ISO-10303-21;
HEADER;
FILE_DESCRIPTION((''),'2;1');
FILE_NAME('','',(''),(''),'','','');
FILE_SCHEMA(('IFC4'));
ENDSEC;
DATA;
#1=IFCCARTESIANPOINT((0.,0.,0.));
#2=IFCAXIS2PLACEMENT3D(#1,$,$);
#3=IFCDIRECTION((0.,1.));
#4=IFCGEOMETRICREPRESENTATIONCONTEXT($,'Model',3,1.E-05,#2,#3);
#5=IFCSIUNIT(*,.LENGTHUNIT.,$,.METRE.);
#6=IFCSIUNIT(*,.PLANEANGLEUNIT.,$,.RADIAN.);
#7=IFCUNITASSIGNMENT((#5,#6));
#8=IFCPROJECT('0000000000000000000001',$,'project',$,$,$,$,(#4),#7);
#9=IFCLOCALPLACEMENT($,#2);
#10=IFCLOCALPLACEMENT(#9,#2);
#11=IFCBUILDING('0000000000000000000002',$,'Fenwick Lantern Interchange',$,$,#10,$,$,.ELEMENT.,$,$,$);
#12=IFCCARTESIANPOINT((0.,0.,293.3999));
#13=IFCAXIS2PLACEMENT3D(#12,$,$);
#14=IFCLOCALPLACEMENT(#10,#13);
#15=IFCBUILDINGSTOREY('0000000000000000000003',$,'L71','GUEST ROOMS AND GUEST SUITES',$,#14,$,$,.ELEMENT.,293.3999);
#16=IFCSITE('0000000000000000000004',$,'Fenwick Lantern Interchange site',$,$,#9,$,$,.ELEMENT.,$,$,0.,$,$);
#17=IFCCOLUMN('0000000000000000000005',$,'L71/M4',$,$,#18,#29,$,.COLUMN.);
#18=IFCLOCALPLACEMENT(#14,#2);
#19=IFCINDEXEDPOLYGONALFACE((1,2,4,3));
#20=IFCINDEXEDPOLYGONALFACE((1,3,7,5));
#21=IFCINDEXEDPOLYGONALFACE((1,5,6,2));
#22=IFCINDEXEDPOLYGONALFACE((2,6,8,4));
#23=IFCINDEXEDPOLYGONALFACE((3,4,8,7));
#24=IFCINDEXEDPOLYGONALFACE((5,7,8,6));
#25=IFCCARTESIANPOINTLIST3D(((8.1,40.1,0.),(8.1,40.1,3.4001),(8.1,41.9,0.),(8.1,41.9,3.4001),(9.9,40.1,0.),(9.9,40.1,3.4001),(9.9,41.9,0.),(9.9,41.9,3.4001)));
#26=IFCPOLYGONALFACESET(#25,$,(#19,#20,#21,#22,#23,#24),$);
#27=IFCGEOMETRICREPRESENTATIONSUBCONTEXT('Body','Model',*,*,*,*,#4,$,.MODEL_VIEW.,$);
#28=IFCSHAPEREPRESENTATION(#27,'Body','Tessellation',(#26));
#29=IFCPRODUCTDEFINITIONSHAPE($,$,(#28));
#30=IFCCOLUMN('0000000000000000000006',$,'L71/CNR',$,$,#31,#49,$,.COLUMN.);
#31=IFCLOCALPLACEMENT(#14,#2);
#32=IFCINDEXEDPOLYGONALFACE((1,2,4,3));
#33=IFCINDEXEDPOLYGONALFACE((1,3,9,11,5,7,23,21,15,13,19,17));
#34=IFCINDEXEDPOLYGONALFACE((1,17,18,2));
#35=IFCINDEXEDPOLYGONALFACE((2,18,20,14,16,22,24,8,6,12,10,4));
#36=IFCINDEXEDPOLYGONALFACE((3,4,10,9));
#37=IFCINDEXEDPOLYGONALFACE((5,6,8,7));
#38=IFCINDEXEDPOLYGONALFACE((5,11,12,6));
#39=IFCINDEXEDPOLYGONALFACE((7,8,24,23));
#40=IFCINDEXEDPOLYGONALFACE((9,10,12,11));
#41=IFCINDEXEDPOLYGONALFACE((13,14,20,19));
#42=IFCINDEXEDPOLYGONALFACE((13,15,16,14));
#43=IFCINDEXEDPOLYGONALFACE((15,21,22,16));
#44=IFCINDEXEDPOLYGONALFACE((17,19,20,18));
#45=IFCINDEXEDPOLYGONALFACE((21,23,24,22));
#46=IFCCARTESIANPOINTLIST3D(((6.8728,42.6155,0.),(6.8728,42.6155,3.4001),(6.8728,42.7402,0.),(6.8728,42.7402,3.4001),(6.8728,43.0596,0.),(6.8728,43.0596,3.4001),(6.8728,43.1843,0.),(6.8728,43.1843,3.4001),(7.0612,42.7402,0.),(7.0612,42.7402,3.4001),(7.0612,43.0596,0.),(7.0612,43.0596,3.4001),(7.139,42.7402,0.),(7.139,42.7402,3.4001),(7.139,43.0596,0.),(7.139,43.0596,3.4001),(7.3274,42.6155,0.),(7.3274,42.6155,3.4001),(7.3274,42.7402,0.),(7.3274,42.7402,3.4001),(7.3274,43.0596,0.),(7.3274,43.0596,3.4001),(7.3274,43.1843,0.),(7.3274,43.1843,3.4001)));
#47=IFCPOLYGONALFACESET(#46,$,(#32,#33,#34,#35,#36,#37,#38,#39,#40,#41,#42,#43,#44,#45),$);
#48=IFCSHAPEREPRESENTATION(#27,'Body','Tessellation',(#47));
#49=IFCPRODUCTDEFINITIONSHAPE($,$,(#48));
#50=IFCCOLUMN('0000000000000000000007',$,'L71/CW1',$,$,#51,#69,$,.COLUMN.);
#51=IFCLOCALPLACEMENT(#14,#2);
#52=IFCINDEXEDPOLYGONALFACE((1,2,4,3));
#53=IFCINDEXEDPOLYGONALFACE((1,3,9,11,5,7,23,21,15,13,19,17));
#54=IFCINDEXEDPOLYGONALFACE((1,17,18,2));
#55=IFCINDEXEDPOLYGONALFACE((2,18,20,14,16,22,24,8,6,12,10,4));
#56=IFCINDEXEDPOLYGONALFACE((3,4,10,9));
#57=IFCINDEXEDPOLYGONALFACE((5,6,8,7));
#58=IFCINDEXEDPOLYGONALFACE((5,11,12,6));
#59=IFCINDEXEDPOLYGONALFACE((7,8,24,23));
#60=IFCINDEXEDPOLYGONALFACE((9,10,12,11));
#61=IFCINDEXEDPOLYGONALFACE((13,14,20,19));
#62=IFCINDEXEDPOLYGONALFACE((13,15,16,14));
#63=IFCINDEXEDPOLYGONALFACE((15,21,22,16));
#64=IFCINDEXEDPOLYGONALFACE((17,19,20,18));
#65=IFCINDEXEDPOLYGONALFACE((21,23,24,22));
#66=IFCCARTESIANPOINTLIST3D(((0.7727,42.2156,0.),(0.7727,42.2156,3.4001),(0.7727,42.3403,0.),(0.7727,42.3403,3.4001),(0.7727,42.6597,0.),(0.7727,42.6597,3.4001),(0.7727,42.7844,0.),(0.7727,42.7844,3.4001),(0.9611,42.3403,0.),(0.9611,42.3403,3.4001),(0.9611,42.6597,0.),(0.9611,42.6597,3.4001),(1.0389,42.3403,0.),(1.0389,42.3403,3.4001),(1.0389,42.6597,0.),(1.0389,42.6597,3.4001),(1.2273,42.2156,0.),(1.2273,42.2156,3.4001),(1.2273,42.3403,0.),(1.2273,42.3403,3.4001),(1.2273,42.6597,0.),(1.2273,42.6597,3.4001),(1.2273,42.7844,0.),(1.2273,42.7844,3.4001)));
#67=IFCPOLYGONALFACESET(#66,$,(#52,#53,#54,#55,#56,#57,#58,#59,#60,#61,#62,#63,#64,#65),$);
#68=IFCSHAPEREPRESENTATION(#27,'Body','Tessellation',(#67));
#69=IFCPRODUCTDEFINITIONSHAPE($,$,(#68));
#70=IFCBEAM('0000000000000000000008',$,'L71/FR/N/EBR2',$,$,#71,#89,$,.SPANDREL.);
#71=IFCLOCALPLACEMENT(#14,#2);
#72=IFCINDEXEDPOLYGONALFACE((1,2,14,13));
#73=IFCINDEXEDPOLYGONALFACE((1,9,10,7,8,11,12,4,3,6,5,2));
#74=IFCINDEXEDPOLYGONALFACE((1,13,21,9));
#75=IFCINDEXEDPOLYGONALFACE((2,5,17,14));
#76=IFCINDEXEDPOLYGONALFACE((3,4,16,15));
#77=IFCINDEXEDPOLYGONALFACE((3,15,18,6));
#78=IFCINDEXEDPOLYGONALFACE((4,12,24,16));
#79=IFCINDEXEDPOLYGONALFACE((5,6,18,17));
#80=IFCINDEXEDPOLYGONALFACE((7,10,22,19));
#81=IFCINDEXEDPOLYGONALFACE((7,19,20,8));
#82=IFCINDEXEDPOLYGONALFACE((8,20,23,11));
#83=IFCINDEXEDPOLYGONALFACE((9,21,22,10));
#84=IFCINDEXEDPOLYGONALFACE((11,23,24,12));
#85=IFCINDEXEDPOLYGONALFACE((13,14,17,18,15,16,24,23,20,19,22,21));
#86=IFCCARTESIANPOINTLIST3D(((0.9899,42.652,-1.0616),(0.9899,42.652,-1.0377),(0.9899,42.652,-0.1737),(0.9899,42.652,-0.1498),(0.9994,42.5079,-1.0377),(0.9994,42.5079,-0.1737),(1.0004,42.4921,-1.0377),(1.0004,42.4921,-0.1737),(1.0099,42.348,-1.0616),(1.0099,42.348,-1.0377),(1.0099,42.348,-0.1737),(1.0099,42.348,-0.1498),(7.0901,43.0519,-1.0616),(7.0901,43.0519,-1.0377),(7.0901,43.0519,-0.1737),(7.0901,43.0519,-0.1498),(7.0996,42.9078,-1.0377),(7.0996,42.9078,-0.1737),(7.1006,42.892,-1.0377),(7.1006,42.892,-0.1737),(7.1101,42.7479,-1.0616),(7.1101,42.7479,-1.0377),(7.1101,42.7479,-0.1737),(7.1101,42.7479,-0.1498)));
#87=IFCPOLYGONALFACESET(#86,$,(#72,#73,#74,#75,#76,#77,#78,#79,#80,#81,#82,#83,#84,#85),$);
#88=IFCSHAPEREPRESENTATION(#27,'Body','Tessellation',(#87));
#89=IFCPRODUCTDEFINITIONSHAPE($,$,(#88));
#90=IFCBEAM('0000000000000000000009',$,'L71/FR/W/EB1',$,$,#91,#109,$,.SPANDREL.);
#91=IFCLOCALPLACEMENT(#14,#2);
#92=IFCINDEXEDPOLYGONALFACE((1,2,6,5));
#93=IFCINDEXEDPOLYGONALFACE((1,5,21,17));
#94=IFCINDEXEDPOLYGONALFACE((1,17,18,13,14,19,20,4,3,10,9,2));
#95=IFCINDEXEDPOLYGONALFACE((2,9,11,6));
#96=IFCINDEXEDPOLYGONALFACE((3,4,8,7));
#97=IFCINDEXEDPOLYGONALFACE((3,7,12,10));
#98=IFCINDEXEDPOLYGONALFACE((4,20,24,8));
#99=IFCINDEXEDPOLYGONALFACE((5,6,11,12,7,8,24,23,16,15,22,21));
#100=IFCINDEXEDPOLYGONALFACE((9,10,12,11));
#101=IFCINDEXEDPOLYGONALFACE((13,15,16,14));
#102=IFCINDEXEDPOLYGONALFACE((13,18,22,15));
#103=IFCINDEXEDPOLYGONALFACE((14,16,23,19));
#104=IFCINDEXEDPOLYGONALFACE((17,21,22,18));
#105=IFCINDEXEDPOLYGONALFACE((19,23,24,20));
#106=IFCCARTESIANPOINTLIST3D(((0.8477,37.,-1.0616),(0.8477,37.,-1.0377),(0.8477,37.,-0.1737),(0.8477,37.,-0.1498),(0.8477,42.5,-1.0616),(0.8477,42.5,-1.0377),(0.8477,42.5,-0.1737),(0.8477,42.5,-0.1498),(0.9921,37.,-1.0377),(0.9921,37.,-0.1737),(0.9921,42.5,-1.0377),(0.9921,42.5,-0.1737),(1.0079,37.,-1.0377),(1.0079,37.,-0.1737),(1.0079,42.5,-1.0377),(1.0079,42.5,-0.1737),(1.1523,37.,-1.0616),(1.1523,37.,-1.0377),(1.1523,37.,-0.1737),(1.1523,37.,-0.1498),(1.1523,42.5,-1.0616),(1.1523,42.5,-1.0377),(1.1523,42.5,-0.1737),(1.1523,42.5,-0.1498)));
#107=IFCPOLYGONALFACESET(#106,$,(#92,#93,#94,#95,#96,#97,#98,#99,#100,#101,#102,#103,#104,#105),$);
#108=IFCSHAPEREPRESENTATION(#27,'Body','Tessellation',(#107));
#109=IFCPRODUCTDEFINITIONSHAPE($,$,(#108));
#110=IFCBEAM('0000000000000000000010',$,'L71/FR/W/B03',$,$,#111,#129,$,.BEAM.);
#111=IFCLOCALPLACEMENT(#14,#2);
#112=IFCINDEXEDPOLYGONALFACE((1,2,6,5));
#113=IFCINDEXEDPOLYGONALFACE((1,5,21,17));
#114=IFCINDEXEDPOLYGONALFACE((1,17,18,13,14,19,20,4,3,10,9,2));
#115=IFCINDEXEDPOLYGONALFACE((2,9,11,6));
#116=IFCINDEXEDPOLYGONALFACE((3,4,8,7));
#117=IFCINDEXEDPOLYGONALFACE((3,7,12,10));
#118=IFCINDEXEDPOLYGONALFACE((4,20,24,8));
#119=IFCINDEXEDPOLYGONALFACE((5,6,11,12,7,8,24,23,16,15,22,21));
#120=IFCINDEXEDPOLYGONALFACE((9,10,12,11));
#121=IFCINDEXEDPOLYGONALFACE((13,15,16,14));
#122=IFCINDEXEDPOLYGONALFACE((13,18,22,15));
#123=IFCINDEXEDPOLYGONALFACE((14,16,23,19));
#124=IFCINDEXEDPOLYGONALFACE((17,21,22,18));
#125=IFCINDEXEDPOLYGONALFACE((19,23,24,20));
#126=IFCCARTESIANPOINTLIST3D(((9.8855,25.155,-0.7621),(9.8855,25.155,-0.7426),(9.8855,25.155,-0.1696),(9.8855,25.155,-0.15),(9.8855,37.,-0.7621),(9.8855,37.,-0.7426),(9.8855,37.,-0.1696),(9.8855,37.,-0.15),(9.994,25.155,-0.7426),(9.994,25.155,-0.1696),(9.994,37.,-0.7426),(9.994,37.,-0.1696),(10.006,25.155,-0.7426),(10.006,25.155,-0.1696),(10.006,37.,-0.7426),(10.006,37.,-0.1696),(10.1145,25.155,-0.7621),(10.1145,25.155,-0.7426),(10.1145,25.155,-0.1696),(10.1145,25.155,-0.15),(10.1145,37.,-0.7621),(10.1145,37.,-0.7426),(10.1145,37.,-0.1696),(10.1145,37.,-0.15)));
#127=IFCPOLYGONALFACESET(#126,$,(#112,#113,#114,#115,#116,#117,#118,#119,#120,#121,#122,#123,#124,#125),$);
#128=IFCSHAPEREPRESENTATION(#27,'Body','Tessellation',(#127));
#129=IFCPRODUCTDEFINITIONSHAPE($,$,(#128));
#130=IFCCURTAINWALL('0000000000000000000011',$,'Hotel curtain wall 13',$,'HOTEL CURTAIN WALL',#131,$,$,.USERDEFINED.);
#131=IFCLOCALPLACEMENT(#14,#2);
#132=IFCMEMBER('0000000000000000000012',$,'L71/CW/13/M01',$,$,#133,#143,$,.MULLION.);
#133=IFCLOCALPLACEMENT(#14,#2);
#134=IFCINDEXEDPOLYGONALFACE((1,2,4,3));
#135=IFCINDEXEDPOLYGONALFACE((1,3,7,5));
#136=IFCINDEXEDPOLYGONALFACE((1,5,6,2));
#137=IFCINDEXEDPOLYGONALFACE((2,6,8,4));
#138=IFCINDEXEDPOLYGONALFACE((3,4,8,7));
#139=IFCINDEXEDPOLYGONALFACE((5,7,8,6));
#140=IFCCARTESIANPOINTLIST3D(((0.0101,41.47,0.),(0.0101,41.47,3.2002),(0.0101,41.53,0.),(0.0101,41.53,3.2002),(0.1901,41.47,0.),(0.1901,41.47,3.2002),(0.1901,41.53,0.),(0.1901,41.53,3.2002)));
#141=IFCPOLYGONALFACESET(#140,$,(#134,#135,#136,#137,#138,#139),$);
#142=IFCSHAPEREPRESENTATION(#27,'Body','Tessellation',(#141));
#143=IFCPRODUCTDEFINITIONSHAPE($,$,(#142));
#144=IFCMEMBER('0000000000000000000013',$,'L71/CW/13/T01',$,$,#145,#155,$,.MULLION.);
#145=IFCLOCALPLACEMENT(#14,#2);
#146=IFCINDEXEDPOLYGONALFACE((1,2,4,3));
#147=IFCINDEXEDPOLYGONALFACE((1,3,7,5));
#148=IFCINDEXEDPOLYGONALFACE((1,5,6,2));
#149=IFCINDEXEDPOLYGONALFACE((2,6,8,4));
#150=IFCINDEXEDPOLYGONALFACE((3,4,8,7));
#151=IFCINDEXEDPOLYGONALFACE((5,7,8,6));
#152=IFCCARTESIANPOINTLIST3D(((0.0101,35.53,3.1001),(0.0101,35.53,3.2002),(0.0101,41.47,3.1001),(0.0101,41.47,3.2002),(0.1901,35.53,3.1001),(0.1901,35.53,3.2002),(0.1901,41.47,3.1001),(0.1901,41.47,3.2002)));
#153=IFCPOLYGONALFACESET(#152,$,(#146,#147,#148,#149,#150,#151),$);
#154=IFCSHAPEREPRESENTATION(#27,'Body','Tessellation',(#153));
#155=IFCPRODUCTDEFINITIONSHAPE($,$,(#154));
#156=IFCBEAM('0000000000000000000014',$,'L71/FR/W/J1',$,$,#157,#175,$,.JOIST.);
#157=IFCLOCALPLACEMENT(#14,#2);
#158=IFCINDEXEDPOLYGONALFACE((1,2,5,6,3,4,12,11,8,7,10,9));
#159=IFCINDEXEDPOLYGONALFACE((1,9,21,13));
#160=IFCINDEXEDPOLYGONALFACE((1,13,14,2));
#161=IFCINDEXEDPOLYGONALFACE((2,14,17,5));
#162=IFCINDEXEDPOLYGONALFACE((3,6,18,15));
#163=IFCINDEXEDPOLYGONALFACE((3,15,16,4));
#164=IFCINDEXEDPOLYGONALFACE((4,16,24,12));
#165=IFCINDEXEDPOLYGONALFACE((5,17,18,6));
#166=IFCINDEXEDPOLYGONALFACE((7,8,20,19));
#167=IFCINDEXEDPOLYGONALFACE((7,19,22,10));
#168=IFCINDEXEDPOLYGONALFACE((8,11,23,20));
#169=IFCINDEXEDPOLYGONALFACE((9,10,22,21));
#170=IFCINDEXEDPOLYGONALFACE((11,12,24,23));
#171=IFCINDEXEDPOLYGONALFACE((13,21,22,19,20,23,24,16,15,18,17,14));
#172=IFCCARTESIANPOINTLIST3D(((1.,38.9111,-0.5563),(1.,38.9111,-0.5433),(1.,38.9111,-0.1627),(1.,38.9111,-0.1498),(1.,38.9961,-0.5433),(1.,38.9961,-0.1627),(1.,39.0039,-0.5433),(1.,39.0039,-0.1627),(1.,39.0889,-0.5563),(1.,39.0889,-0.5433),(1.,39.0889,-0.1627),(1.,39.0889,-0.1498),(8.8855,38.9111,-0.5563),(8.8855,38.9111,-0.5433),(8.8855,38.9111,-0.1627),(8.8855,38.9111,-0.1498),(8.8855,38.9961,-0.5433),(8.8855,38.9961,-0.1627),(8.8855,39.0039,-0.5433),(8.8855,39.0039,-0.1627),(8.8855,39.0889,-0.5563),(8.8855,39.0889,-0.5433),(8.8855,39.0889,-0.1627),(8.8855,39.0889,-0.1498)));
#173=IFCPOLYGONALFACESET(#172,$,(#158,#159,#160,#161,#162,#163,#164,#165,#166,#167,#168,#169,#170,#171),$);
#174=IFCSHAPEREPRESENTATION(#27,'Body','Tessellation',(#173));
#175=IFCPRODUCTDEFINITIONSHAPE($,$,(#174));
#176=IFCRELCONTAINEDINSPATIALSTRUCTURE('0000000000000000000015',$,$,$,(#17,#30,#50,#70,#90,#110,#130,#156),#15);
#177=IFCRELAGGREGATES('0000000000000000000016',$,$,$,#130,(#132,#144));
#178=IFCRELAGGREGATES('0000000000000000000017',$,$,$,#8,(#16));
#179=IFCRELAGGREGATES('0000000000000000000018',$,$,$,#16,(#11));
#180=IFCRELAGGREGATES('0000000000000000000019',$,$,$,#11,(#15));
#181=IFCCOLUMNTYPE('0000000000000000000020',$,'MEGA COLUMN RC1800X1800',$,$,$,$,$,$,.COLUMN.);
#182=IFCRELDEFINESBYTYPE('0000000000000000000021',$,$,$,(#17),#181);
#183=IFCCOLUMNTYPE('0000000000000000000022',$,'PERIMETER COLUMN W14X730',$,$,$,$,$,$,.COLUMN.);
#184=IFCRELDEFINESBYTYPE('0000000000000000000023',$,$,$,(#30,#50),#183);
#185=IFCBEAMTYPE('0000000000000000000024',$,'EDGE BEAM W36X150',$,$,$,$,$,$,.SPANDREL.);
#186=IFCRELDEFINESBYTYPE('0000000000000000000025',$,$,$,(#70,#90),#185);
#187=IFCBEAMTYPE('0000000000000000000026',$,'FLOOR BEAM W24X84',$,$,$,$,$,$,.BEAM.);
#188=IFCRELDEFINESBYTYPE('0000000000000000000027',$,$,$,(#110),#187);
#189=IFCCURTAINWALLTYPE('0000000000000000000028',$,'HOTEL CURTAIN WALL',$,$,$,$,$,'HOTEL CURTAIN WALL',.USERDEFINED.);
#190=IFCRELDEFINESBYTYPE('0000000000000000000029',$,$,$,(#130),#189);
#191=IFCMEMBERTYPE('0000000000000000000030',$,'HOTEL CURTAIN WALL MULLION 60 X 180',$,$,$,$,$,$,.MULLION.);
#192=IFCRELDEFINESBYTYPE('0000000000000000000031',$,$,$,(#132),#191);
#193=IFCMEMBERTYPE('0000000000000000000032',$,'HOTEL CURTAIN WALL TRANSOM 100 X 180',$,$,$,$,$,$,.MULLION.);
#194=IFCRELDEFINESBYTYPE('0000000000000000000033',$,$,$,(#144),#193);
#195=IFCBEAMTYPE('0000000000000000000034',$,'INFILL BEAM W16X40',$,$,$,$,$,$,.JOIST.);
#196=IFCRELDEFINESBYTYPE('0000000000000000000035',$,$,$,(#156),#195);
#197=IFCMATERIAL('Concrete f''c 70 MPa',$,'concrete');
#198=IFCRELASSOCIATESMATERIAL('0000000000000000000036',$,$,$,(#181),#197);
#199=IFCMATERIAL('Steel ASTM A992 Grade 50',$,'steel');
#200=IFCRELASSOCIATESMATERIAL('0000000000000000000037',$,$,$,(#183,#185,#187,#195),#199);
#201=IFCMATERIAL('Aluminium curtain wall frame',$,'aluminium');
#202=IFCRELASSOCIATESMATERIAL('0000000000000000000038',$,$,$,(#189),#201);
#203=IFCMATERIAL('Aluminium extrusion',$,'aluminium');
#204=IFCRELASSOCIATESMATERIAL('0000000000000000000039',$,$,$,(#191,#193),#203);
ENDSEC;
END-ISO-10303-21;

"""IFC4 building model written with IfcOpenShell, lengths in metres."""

from ifc_helpers import new_model, si_unit, direction, frame, origin, origin_2d, place, context, subcontext, project, spatial, rectangle, i_section, extrude, material, material_profile, profile_set, type_object, element, aggregate, save


model = new_model("IFC4")

# Units and contexts
model_context = context("Model", 3, precision=1e-05, world=origin(), true_north=direction((0.0, 1.0)))
body_context = subcontext(model_context, "Body", "Model", "MODEL_VIEW")
ifc_project = project(units=[si_unit("LENGTHUNIT", "METRE"), si_unit("PLANEANGLEUNIT", "RADIAN")], contexts=[model_context])

# Site, building, storey
site_placement = place(None, origin())
site = spatial("IfcSite", under=ifc_project, at=site_placement, Name="Fenwick Lantern Interchange site", CompositionType="ELEMENT", RefElevation=0.0)
building_placement = place(site_placement, origin())
building = spatial("IfcBuilding", under=site, at=building_placement, Name="Fenwick Lantern Interchange", CompositionType="ELEMENT")
storey_placement = place(building_placement, frame((0.0, 0.0, 293.3999)))
storey = spatial("IfcBuildingStorey", under=building, at=storey_placement, Name="L71", Description="GUEST ROOMS AND GUEST SUITES", CompositionType="ELEMENT", Elevation=293.3999)

# Columns
ifc_material_1 = material(Name="Concrete f'c 70 MPa", Category="concrete")
ifc_material_profile_1 = material_profile(ifc_material_1, rectangle(XDim=1.8, YDim=1.8, at=origin_2d()), Name="RC1800X1800")
ifc_profile_set_1 = profile_set([ifc_material_profile_1], Name="Concrete f'c 70 MPa")
column_type_1 = type_object("IfcColumnType", Name="MEGA COLUMN RC1800X1800", PredefinedType="COLUMN", material=ifc_profile_set_1)
column_placement = place(storey_placement, frame((9.0, 41.0, 0.0), z_axis=(0.0, 0.0, 1.0), x_axis=(1.0, 0.0, 0.0)))
element("IfcColumn", 1, at=column_placement, inside=storey, type_object=column_type_1, Name="L71/M4", PredefinedType="COLUMN", context=body_context, shape_type="SweptSolid", body=[
    extrude(rectangle(XDim=1.8, YDim=1.8, at=origin_2d()), origin(), (0.0, 0.0, 1.0), 3.4001),
])
ifc_material_2 = material(Name="Steel ASTM A992 Grade 50", Category="steel")
ifc_material_profile_2 = material_profile(ifc_material_2, i_section(OverallWidth=0.4546, OverallDepth=0.5688, WebThickness=0.0779, FlangeThickness=0.1248, at=origin_2d()), Name="W14X730")
ifc_profile_set_2 = profile_set([ifc_material_profile_2], Name="Steel ASTM A992 Grade 50")
column_type_2 = type_object("IfcColumnType", Name="PERIMETER COLUMN W14X730", PredefinedType="COLUMN", material=ifc_profile_set_2)
for number, where, z_axis, x_axis, name in (
    (2, (7.1001, 42.8999, 0.0), (0.0, 0.0, 1.0), (1.0, 0.0, 0.0), "L71/CNR"),
    (3, (1.0, 42.5, 0.0), (0.0, 0.0, 1.0), (1.0, 0.0, 0.0), "L71/CW1"),
):
    element("IfcColumn", number, at=place(storey_placement, frame(where, z_axis=z_axis, x_axis=x_axis)), inside=storey, type_object=column_type_2, Name=name, PredefinedType="COLUMN", context=body_context, shape_type="SweptSolid", body=[
        extrude(i_section(OverallWidth=0.4546, OverallDepth=0.5688, WebThickness=0.0779, FlangeThickness=0.1248, at=origin_2d()), origin(), (0.0, 0.0, 1.0), 3.4001),
    ])

# Beams
ifc_material_profile_3 = material_profile(ifc_material_2, i_section(OverallWidth=0.3047, OverallDepth=0.9119, WebThickness=0.0159, FlangeThickness=0.0239, at=origin_2d()), Name="W36X150")
ifc_profile_set_3 = profile_set([ifc_material_profile_3], Name="Steel ASTM A992 Grade 50")
beam_type_1 = type_object("IfcBeamType", Name="EDGE BEAM W36X150", PredefinedType="SPANDREL", material=ifc_profile_set_3)
beam_1_placement = place(storey_placement, frame((7.1001, 42.8999, -0.6057), z_axis=(-0.997858, -0.065416, 0.0), x_axis=(0.065416, -0.997858, 0.0)))
element("IfcBeam", 4, at=beam_1_placement, inside=storey, type_object=beam_type_1, Name="L71/FR/N/EBR2", PredefinedType="SPANDREL", context=body_context, shape_type="SweptSolid", body=[
    extrude(i_section(OverallWidth=0.3047, OverallDepth=0.9119, WebThickness=0.0159, FlangeThickness=0.0239, at=origin_2d()), origin(), (0.0, 0.0, 1.0), 6.1133),
])
beam_2_placement = place(storey_placement, frame((1.0, 42.5, -0.6057), z_axis=(0.0, -1.0, 0.0), x_axis=(1.0, 0.0, 0.0)))
element("IfcBeam", 5, at=beam_2_placement, inside=storey, type_object=beam_type_1, Name="L71/FR/W/EB1", PredefinedType="SPANDREL", context=body_context, shape_type="SweptSolid", body=[
    extrude(i_section(OverallWidth=0.3047, OverallDepth=0.9119, WebThickness=0.0159, FlangeThickness=0.0239, at=origin_2d()), origin(), (0.0, 0.0, 1.0), 5.5),
])
ifc_material_profile_4 = material_profile(ifc_material_2, i_section(OverallWidth=0.229, OverallDepth=0.6121, WebThickness=0.012, FlangeThickness=0.0195, at=origin_2d()), Name="W24X84")
ifc_profile_set_4 = profile_set([ifc_material_profile_4], Name="Steel ASTM A992 Grade 50")
beam_type_2 = type_object("IfcBeamType", Name="FLOOR BEAM W24X84", PredefinedType="BEAM", material=ifc_profile_set_4)
beam_3_placement = place(storey_placement, frame((10.0, 37.0, -0.4561), z_axis=(0.0, -1.0, 0.0), x_axis=(1.0, 0.0, 0.0)))
element("IfcBeam", 6, at=beam_3_placement, inside=storey, type_object=beam_type_2, Name="L71/FR/W/B03", PredefinedType="BEAM", context=body_context, shape_type="SweptSolid", body=[
    extrude(i_section(OverallWidth=0.229, OverallDepth=0.6121, WebThickness=0.012, FlangeThickness=0.0195, at=origin_2d()), origin(), (0.0, 0.0, 1.0), 11.845),
])

# Curtain wall, members
ifc_material_3 = material(Name="Aluminium curtain wall frame", Category="aluminium")
curtain_wall_type = type_object("IfcCurtainWallType", Name="HOTEL CURTAIN WALL", ElementType="HOTEL CURTAIN WALL", PredefinedType="USERDEFINED", material=ifc_material_3)
curtain_wall_placement = place(storey_placement, origin())
curtain_wall = element("IfcCurtainWall", 7, at=curtain_wall_placement, inside=storey, type_object=curtain_wall_type, Name="Hotel curtain wall 13", ObjectType="HOTEL CURTAIN WALL", PredefinedType="USERDEFINED")
ifc_material_4 = material(Name="Aluminium extrusion", Category="aluminium")
ifc_material_profile_5 = material_profile(ifc_material_4, rectangle(XDim=0.1799, YDim=0.0601, at=origin_2d()), Name="HOTEL CURTAIN WALL MULLION 60 X 180")
ifc_profile_set_5 = profile_set([ifc_material_profile_5], Name="Aluminium extrusion")
member_type_1 = type_object("IfcMemberType", Name="HOTEL CURTAIN WALL MULLION 60 X 180", PredefinedType="MULLION", material=ifc_profile_set_5)
member_1_placement = place(storey_placement, frame((0.1001, 41.5, 0.0), z_axis=(0.0, 0.0, 1.0), x_axis=(1.0, 0.0, 0.0)))
member_1 = element("IfcMember", 8, at=member_1_placement, type_object=member_type_1, Name="L71/CW/13/M01", PredefinedType="MULLION", context=body_context, shape_type="SweptSolid", body=[
    extrude(rectangle(XDim=0.1799, YDim=0.0601, at=origin_2d()), origin(), (0.0, 0.0, 1.0), 3.2002),
])
ifc_material_profile_6 = material_profile(ifc_material_4, rectangle(XDim=0.1799, YDim=0.1001, at=origin_2d()), Name="HOTEL CURTAIN WALL TRANSOM 100 X 180")
ifc_profile_set_6 = profile_set([ifc_material_profile_6], Name="Aluminium extrusion")
member_type_2 = type_object("IfcMemberType", Name="HOTEL CURTAIN WALL TRANSOM 100 X 180", PredefinedType="MULLION", material=ifc_profile_set_6)
member_2_placement = place(storey_placement, frame((0.1001, 41.47, 3.1501), z_axis=(0.0, -1.0, 0.0), x_axis=(1.0, 0.0, 0.0)))
member_2 = element("IfcMember", 9, at=member_2_placement, type_object=member_type_2, Name="L71/CW/13/T01", PredefinedType="MULLION", context=body_context, shape_type="SweptSolid", body=[
    extrude(rectangle(XDim=0.1799, YDim=0.1001, at=origin_2d()), origin(), (0.0, 0.0, 1.0), 5.9399),
])

# Beam
ifc_material_profile_7 = material_profile(ifc_material_2, i_section(OverallWidth=0.1777, OverallDepth=0.4065, WebThickness=0.0078, FlangeThickness=0.0129, at=origin_2d()), Name="W16X40")
ifc_profile_set_7 = profile_set([ifc_material_profile_7], Name="Steel ASTM A992 Grade 50")
beam_type_3 = type_object("IfcBeamType", Name="INFILL BEAM W16X40", PredefinedType="JOIST", material=ifc_profile_set_7)
beam_4_placement = place(storey_placement, frame((1.0, 39.0, -0.353), z_axis=(1.0, 0.0, 0.0), x_axis=(0.0, 1.0, 0.0)))
element("IfcBeam", 10, at=beam_4_placement, inside=storey, type_object=beam_type_3, Name="L71/FR/W/J1", PredefinedType="JOIST", context=body_context, shape_type="SweptSolid", body=[
    extrude(i_section(OverallWidth=0.1777, OverallDepth=0.4065, WebThickness=0.0078, FlangeThickness=0.0129, at=origin_2d()), origin(), (0.0, 0.0, 1.0), 7.8855),
])

aggregate(curtain_wall, [member_1, member_2])

save(model, "model.ifc")
